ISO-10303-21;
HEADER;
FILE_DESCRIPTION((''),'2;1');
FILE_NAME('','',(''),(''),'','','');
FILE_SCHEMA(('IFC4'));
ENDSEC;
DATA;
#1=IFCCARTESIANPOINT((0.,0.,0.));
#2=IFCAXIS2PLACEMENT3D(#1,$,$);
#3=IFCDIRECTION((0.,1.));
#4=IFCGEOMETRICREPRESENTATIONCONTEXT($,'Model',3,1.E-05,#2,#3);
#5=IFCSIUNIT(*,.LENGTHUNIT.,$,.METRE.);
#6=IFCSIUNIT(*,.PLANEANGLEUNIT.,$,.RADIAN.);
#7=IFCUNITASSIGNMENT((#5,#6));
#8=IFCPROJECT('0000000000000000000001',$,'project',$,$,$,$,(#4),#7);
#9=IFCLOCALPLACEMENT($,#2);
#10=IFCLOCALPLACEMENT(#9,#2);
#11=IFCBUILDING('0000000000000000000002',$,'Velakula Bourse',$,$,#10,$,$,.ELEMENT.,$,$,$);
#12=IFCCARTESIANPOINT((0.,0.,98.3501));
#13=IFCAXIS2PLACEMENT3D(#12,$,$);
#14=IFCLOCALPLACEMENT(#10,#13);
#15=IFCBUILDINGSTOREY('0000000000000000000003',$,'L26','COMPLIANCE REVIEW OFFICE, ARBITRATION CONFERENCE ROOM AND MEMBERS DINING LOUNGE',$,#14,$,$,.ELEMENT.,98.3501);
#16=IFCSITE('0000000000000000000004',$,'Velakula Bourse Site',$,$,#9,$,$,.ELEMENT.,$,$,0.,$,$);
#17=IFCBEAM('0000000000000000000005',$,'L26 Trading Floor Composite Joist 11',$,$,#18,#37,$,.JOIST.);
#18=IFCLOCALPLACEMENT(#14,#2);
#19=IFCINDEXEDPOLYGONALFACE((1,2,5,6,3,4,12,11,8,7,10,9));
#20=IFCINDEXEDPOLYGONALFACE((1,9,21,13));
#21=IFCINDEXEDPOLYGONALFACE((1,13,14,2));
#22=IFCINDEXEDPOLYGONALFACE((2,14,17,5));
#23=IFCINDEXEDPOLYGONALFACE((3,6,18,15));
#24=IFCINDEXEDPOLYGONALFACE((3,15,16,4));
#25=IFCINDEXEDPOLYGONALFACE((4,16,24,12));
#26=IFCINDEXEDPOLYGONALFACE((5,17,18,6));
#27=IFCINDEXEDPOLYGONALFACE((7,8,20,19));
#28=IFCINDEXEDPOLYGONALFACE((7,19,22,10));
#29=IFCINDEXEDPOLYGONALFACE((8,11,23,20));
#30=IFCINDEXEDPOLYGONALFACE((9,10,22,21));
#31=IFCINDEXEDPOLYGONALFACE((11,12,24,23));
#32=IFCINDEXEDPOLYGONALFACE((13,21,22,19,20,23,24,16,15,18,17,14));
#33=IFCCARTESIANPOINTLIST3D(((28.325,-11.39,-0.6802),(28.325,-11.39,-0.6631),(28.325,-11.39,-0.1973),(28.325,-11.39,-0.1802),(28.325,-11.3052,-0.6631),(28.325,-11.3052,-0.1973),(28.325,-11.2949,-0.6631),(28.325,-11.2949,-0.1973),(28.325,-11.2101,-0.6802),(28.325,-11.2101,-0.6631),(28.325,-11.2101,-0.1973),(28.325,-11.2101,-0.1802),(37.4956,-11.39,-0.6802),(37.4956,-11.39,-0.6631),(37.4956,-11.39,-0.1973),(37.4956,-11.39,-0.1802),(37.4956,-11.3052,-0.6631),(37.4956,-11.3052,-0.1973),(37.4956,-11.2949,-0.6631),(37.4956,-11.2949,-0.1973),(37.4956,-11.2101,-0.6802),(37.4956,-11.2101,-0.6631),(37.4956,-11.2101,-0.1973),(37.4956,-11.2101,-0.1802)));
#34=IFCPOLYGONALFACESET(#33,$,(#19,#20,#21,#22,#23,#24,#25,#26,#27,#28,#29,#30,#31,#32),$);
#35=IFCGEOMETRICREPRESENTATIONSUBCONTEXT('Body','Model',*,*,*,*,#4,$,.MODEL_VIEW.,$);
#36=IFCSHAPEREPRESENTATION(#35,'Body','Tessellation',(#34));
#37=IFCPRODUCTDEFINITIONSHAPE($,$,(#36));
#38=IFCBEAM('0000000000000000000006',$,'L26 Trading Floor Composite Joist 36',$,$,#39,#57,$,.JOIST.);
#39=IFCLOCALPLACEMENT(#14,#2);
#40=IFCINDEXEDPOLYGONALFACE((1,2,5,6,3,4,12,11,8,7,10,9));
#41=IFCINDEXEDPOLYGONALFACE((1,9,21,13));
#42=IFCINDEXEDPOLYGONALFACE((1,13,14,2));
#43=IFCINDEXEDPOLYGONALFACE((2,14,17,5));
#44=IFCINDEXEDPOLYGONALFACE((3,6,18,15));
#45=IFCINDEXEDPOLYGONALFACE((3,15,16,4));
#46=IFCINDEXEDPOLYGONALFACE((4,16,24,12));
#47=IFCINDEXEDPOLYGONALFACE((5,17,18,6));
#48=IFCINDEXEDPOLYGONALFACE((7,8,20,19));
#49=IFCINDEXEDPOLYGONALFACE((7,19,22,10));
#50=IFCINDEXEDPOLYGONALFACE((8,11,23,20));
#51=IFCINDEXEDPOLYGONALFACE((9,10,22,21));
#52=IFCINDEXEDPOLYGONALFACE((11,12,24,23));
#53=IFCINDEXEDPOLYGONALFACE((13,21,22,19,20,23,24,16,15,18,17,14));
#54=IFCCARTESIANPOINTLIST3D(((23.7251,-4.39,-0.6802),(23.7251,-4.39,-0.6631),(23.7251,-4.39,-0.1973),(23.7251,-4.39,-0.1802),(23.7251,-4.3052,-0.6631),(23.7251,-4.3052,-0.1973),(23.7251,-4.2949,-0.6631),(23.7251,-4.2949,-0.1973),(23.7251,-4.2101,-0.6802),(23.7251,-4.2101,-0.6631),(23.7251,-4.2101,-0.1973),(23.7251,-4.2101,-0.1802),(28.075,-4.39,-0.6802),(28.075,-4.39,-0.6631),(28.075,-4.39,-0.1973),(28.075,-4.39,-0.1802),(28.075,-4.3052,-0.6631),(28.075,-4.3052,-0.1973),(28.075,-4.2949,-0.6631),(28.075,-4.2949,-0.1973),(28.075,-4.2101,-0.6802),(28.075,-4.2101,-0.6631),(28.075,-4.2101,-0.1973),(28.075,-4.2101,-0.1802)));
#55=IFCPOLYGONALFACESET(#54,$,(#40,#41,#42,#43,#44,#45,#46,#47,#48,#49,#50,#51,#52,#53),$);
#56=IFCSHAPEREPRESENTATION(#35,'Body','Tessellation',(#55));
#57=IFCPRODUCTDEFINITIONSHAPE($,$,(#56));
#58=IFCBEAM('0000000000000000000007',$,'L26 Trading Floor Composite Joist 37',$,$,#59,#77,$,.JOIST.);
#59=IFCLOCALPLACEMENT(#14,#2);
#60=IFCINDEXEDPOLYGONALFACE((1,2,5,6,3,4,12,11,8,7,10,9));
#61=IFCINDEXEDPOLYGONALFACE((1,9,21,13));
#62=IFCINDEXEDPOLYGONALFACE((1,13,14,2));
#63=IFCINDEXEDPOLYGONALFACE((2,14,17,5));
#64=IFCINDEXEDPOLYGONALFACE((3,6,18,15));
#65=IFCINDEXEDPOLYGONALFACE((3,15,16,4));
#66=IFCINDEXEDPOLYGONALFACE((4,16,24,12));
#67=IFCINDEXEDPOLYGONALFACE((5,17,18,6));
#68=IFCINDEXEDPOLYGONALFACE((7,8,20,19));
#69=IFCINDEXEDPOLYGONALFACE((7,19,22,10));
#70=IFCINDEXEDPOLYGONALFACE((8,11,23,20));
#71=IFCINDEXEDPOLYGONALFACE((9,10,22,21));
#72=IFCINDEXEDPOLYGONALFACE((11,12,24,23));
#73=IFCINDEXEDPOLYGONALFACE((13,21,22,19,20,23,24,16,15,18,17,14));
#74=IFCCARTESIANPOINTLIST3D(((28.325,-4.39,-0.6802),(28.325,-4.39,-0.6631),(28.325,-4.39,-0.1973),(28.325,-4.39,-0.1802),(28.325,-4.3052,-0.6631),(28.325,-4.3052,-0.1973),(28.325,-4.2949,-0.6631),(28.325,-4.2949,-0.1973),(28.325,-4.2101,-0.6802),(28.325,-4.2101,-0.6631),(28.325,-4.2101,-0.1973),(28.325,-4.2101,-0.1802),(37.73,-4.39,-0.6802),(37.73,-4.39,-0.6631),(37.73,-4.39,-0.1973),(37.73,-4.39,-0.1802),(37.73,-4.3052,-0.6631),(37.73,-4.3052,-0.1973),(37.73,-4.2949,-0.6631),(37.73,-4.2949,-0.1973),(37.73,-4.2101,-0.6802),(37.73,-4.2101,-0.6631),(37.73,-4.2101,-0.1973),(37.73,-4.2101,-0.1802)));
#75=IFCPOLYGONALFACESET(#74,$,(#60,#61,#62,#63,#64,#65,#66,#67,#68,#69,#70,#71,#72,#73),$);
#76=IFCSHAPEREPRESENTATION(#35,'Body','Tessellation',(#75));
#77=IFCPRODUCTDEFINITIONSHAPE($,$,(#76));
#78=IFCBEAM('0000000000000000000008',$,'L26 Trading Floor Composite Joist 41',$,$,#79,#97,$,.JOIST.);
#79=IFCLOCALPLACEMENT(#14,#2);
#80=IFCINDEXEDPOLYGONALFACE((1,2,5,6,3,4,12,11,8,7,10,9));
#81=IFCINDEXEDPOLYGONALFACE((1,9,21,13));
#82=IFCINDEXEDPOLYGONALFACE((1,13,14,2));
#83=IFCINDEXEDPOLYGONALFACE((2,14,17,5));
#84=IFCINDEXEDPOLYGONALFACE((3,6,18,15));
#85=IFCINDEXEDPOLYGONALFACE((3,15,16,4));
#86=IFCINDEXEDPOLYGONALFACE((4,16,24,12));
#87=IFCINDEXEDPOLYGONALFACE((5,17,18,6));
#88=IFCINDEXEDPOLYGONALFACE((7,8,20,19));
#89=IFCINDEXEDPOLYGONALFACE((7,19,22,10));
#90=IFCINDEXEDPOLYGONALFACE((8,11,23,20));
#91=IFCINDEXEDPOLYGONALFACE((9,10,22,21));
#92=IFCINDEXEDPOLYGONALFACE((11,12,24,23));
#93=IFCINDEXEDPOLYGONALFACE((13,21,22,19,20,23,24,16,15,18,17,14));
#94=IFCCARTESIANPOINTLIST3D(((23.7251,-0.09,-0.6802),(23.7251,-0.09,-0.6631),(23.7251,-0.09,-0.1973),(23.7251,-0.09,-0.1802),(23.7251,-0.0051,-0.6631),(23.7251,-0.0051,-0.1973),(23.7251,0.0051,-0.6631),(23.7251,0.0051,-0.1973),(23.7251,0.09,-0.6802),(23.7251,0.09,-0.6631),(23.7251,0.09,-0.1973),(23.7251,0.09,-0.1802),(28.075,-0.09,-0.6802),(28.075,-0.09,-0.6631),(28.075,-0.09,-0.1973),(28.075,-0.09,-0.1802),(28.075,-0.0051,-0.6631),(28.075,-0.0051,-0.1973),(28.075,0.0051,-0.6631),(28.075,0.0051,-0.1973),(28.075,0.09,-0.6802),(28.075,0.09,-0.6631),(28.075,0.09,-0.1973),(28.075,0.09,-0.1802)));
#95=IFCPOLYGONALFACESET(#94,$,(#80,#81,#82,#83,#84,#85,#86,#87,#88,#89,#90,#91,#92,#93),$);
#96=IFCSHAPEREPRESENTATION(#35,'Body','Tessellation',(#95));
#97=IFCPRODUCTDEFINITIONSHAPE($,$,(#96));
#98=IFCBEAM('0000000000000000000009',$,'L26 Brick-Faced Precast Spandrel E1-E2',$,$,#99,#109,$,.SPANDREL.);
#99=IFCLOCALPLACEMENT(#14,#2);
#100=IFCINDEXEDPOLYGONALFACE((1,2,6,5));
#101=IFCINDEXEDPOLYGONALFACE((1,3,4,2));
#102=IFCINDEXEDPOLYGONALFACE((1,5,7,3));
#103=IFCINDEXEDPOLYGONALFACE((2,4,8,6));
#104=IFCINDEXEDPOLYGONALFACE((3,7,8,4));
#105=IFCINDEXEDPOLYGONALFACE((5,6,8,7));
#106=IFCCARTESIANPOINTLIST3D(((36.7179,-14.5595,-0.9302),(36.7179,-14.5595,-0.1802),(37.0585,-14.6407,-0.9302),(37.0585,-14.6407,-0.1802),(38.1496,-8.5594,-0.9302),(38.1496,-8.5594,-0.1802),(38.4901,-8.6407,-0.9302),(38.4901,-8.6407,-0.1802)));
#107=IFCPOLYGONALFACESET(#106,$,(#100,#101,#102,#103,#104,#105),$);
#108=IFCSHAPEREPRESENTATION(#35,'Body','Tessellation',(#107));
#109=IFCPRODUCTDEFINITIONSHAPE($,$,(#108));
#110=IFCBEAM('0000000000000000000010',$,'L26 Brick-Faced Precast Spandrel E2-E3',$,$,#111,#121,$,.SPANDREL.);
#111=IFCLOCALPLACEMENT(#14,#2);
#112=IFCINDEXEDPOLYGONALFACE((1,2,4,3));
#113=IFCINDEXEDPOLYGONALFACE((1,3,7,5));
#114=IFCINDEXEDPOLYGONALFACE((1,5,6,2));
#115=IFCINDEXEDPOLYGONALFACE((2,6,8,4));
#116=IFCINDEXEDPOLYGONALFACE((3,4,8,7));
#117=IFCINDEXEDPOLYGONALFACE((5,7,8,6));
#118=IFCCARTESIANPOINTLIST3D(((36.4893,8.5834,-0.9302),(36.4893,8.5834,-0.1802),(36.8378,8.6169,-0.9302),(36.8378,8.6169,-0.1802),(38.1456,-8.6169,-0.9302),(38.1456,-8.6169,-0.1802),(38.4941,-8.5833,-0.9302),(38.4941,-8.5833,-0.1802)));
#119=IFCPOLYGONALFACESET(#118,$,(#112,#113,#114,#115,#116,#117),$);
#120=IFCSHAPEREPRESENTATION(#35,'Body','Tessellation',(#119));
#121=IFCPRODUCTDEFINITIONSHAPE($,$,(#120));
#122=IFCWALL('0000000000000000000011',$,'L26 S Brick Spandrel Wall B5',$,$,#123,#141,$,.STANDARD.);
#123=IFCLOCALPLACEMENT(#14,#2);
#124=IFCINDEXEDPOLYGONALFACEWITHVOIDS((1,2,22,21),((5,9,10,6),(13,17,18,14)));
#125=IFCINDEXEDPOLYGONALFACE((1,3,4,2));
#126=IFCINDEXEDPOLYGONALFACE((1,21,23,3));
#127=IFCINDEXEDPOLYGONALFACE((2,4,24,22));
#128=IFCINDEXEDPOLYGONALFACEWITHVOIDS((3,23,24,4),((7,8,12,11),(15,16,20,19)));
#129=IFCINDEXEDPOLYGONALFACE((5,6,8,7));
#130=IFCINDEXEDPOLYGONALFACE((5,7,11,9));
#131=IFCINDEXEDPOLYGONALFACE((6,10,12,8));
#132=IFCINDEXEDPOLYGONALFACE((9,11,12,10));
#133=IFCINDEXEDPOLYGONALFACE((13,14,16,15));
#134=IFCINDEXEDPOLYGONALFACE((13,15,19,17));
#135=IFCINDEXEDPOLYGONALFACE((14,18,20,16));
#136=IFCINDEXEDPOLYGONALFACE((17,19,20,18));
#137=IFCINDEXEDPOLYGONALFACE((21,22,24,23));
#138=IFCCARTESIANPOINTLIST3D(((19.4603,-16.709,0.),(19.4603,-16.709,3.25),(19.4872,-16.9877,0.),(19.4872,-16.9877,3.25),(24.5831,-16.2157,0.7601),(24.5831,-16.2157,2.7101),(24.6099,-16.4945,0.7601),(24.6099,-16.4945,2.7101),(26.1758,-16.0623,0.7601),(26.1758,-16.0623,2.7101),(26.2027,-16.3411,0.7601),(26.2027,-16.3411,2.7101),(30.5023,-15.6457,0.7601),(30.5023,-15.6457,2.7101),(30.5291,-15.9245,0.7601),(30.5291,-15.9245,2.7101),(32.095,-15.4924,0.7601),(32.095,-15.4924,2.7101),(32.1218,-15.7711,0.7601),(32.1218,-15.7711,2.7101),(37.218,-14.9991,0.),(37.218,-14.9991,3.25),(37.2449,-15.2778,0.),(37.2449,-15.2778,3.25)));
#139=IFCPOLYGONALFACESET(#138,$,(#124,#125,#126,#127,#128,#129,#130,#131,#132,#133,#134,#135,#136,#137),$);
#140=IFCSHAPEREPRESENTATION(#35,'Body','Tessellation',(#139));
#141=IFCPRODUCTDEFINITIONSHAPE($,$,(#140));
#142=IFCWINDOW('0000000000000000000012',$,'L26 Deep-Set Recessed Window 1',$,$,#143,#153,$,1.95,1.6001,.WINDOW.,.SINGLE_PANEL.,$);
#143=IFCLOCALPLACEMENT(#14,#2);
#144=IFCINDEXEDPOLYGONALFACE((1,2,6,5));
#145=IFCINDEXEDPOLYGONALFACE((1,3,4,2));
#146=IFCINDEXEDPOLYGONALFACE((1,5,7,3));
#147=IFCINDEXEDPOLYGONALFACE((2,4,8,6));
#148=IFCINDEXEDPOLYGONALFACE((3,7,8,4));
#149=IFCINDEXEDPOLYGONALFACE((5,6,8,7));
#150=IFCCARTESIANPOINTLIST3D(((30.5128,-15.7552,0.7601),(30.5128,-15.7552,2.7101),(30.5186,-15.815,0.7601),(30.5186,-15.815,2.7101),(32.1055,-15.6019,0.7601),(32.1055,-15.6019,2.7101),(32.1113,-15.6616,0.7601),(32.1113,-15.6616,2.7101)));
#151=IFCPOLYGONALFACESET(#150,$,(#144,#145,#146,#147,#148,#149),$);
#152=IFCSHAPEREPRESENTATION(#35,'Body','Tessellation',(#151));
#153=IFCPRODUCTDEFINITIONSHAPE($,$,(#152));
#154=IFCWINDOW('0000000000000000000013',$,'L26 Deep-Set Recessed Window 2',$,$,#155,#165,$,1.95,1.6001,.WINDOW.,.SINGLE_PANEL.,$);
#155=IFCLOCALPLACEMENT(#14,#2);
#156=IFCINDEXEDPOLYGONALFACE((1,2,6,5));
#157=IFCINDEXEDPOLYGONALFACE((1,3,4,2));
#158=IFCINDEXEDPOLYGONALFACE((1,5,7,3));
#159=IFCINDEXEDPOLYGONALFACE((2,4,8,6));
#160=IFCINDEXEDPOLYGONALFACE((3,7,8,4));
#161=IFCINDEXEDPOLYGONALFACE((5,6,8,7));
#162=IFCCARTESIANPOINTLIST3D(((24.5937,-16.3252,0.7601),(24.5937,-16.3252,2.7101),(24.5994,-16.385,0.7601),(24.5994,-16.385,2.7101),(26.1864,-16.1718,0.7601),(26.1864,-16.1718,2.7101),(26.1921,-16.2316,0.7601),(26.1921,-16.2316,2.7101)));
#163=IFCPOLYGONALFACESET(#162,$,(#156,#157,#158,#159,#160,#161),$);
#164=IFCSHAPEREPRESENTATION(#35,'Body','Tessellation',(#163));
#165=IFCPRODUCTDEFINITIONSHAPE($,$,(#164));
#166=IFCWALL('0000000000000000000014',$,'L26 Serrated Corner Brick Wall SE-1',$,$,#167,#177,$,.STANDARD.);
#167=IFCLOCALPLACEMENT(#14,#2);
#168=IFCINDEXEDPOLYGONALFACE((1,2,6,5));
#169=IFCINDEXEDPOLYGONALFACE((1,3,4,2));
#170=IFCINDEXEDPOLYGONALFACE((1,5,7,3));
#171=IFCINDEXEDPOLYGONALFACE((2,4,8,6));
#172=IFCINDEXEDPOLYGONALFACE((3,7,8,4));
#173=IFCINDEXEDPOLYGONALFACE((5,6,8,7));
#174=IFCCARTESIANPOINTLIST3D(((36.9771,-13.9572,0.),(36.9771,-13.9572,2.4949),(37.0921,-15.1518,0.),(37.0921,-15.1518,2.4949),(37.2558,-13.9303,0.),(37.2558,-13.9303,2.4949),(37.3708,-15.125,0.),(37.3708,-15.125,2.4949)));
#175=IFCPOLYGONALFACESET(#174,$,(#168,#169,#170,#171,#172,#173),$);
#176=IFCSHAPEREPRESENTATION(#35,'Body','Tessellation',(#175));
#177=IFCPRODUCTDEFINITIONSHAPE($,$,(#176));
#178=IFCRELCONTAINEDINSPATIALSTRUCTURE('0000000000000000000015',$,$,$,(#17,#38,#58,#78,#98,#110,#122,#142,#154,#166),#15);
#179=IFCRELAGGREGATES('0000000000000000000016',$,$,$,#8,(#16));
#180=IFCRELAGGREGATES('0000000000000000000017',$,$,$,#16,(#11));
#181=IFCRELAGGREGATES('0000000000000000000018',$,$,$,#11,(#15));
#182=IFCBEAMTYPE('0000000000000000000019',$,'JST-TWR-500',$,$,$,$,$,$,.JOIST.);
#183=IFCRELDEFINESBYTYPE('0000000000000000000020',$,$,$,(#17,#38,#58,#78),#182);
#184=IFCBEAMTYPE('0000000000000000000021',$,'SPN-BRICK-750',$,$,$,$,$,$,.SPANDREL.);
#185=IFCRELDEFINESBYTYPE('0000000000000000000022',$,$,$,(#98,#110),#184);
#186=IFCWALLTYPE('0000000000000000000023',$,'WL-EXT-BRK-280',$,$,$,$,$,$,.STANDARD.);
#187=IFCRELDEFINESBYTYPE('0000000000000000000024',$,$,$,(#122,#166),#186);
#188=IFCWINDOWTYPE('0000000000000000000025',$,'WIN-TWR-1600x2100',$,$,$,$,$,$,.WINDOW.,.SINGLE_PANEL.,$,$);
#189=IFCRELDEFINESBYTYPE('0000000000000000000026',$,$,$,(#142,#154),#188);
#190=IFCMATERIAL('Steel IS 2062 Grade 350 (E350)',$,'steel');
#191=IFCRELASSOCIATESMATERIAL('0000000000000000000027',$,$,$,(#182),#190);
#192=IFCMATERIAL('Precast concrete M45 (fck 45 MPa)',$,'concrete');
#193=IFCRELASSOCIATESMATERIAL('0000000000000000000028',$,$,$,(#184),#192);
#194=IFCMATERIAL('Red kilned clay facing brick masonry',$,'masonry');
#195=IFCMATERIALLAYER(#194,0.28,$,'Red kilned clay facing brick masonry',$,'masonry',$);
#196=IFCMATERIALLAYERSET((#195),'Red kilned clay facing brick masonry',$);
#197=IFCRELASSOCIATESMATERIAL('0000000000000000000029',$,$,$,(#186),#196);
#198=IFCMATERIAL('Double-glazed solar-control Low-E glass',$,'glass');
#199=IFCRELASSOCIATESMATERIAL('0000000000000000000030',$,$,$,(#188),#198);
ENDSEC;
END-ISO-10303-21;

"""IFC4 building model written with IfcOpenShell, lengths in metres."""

from ifc_helpers import new_model, si_unit, direction, frame, frame_2d, origin, origin_2d, place, context, subcontext, project, spatial, rectangle, i_section, extrude, material, layer, layer_set, material_profile, profile_set, type_object, element, fill, save


model = new_model("IFC4")

# Units and contexts
model_context = context("Model", 3, precision=1e-05, world=origin(), true_north=direction((0.0, 1.0)))
body_context = subcontext(model_context, "Body", "Model", "MODEL_VIEW")
ifc_project = project(units=[si_unit("LENGTHUNIT", "METRE"), si_unit("PLANEANGLEUNIT", "RADIAN")], contexts=[model_context])

# Site, building, storey
site_placement = place(None, origin())
site = spatial("IfcSite", under=ifc_project, at=site_placement, Name="Velakula Bourse Site", CompositionType="ELEMENT", RefElevation=0.0)
building_placement = place(site_placement, origin())
building = spatial("IfcBuilding", under=site, at=building_placement, Name="Velakula Bourse", CompositionType="ELEMENT")
storey_placement = place(building_placement, frame((0.0, 0.0, 98.3501)))
storey = spatial("IfcBuildingStorey", under=building, at=storey_placement, Name="L26", Description="COMPLIANCE REVIEW OFFICE, ARBITRATION CONFERENCE ROOM AND MEMBERS DINING LOUNGE", CompositionType="ELEMENT", Elevation=98.3501)

# Beams
ifc_material_1 = material(Name="Steel IS 2062 Grade 350 (E350)", Category="steel")
ifc_material_profile_1 = material_profile(ifc_material_1, i_section(OverallWidth=0.1799, OverallDepth=0.5, WebThickness=0.0103, FlangeThickness=0.0171, at=origin_2d()), Name="Steel IS 2062 Grade 350 (E350)")
ifc_profile_set_1 = profile_set([ifc_material_profile_1], Name="Steel IS 2062 Grade 350 (E350)")
beam_type_1 = type_object("IfcBeamType", Name="JST-TWR-500", PredefinedType="JOIST", material=ifc_profile_set_1)
beam_1_placement = place(storey_placement, frame((28.325, -11.3, -0.4302), z_axis=(1.0, 0.0, 0.0), x_axis=(0.0, 1.0, 0.0)))
element("IfcBeam", 1, at=beam_1_placement, inside=storey, type_object=beam_type_1, Name="L26 Trading Floor Composite Joist 11", PredefinedType="JOIST", context=body_context, shape_type="SweptSolid", body=[
    extrude(i_section(OverallWidth=0.1799, OverallDepth=0.5, WebThickness=0.0103, FlangeThickness=0.0171, at=origin_2d()), origin(), (0.0, 0.0, 1.0), 9.1707),
])
beam_2_placement = place(storey_placement, frame((23.7251, -4.3, -0.4302), z_axis=(1.0, 0.0, 0.0), x_axis=(0.0, 1.0, 0.0)))
element("IfcBeam", 2, at=beam_2_placement, inside=storey, type_object=beam_type_1, Name="L26 Trading Floor Composite Joist 36", PredefinedType="JOIST", context=body_context, shape_type="SweptSolid", body=[
    extrude(i_section(OverallWidth=0.1799, OverallDepth=0.5, WebThickness=0.0103, FlangeThickness=0.0171, at=origin_2d()), origin(), (0.0, 0.0, 1.0), 4.3499),
])
beam_3_placement = place(storey_placement, frame((28.325, -4.3, -0.4302), z_axis=(1.0, 0.0, 0.0), x_axis=(0.0, 1.0, 0.0)))
element("IfcBeam", 3, at=beam_3_placement, inside=storey, type_object=beam_type_1, Name="L26 Trading Floor Composite Joist 37", PredefinedType="JOIST", context=body_context, shape_type="SweptSolid", body=[
    extrude(i_section(OverallWidth=0.1799, OverallDepth=0.5, WebThickness=0.0103, FlangeThickness=0.0171, at=origin_2d()), origin(), (0.0, 0.0, 1.0), 9.405),
])
beam_4_placement = place(storey_placement, frame((23.7251, 0.0, -0.4302), z_axis=(1.0, 0.0, 0.0), x_axis=(0.0, 1.0, 0.0)))
element("IfcBeam", 4, at=beam_4_placement, inside=storey, type_object=beam_type_1, Name="L26 Trading Floor Composite Joist 41", PredefinedType="JOIST", context=body_context, shape_type="SweptSolid", body=[
    extrude(i_section(OverallWidth=0.1799, OverallDepth=0.5, WebThickness=0.0103, FlangeThickness=0.0171, at=origin_2d()), origin(), (0.0, 0.0, 1.0), 4.3499),
])
ifc_material_2 = material(Name="Precast concrete M45 (fck 45 MPa)", Category="concrete")
ifc_material_profile_2 = material_profile(ifc_material_2, rectangle(XDim=0.3501, YDim=0.75, at=origin_2d()), Name="Precast concrete M45 (fck 45 MPa)")
ifc_profile_set_2 = profile_set([ifc_material_profile_2], Name="Precast concrete M45 (fck 45 MPa)")
beam_type_2 = type_object("IfcBeamType", Name="SPN-BRICK-750", PredefinedType="SPANDREL", material=ifc_profile_set_2)
beam_5_placement = place(storey_placement, frame((36.8882, -14.6001, -0.5552), z_axis=(0.232091, 0.972694, 0.0), x_axis=(-0.972694, 0.232091, 0.0)))
element("IfcBeam", 5, at=beam_5_placement, inside=storey, type_object=beam_type_2, Name="L26 Brick-Faced Precast Spandrel E1-E2", PredefinedType="SPANDREL", context=body_context, shape_type="SweptSolid", body=[
    extrude(rectangle(XDim=0.3501, YDim=0.75, at=origin_2d()), origin(), (0.0, 0.0, 1.0), 6.1685),
])
beam_6_placement = place(storey_placement, frame((38.3198, -8.6001, -0.5552), z_axis=(-0.095849, 0.995396, 0.0), x_axis=(-0.995396, -0.095849, 0.0)))
element("IfcBeam", 6, at=beam_6_placement, inside=storey, type_object=beam_type_2, Name="L26 Brick-Faced Precast Spandrel E2-E3", PredefinedType="SPANDREL", context=body_context, shape_type="SweptSolid", body=[
    extrude(rectangle(XDim=0.3501, YDim=0.75, at=origin_2d()), origin(), (0.0, 0.0, 1.0), 17.2798),
])

# Wall, openings, windows
ifc_material_3 = material(Name="Red kilned clay facing brick masonry", Category="masonry")
ifc_layer_1 = layer(ifc_material_3, 0.28, Name="Red kilned clay facing brick masonry", Category="masonry")
ifc_layer_set_1 = layer_set([ifc_layer_1], Name="Red kilned clay facing brick masonry")
wall_type_1 = type_object("IfcWallType", Name="WL-EXT-BRK-280", PredefinedType="STANDARD", material=ifc_layer_set_1)
wall_1_placement = place(storey_placement, frame((37.2314, -15.1384, 0.0), z_axis=(0.0, 0.0, 1.0), x_axis=(-0.995396, -0.09585, 0.0)))
wall_1 = element("IfcWall", 7, at=wall_1_placement, inside=storey, type_object=wall_type_1, Name="L26 S Brick Spandrel Wall B5", PredefinedType="STANDARD", context=body_context, shape_type="SweptSolid", body=[
    extrude(rectangle(XDim=17.8398, YDim=0.28, at=frame_2d((8.9199, 0.0))), origin(), (0.0, 0.0, 1.0), 3.25),
])
opening_1_placement = place(wall_1_placement, frame((5.1467, 0.0, 0.76)))
opening_1 = element("IfcOpeningElement", 8, at=opening_1_placement, cuts=wall_1, PredefinedType="OPENING", context=body_context, shape_type="SweptSolid", body=[
    extrude(rectangle(XDim=1.6001, YDim=1.95, at=frame_2d((0.8, 0.9751))), frame((0.0, 0.1499, 0.0), z_axis=(0.0, -1.0, 0.0), x_axis=(1.0, 0.0, 0.0)), (0.0, 0.0, 1.0), 0.3),
])
opening_2_placement = place(wall_1_placement, frame((11.0933, 0.0, 0.76)))
opening_2 = element("IfcOpeningElement", 9, at=opening_2_placement, cuts=wall_1, PredefinedType="OPENING", context=body_context, shape_type="SweptSolid", body=[
    extrude(rectangle(XDim=1.6001, YDim=1.95, at=frame_2d((0.8, 0.9751))), frame((0.0, 0.1499, 0.0), z_axis=(0.0, -1.0, 0.0), x_axis=(1.0, 0.0, 0.0)), (0.0, 0.0, 1.0), 0.3),
])
ifc_material_4 = material(Name="Double-glazed solar-control Low-E glass", Category="glass")
window_type = type_object("IfcWindowType", Name="WIN-TWR-1600x2100", PartitioningType="SINGLE_PANEL", PredefinedType="WINDOW", material=ifc_material_4)
window_1_placement = place(opening_1_placement, origin())
window_1 = element("IfcWindow", 10, at=window_1_placement, inside=storey, type_object=window_type, Name="L26 Deep-Set Recessed Window 1", OverallHeight=1.95, OverallWidth=1.6001, PartitioningType="SINGLE_PANEL", PredefinedType="WINDOW", context=body_context, shape_type="SweptSolid", body=[
    extrude(rectangle(XDim=1.6001, YDim=1.95, at=frame_2d((0.8, 0.9751))), frame((0.0, 0.03, 0.0), z_axis=(0.0, -1.0, 0.0), x_axis=(1.0, 0.0, 0.0)), (0.0, 0.0, 1.0), 0.0601),
])
fill(opening_1, window_1)
window_2_placement = place(opening_2_placement, origin())
window_2 = element("IfcWindow", 11, at=window_2_placement, inside=storey, type_object=window_type, Name="L26 Deep-Set Recessed Window 2", OverallHeight=1.95, OverallWidth=1.6001, PartitioningType="SINGLE_PANEL", PredefinedType="WINDOW", context=body_context, shape_type="SweptSolid", body=[
    extrude(rectangle(XDim=1.6001, YDim=1.95, at=frame_2d((0.8, 0.9751))), frame((0.0, 0.03, 0.0), z_axis=(0.0, -1.0, 0.0), x_axis=(1.0, 0.0, 0.0)), (0.0, 0.0, 1.0), 0.0601),
])
fill(opening_2, window_2)

# Wall
for number, where, z_axis, x_axis, name in (
    (12, (37.2314, -15.1384, 0.0), (0.0, 0.0, 1.0), (-0.095817, 0.995399, 0.0), "L26 Serrated Corner Brick Wall SE-1"),
):
    element("IfcWall", number, at=place(storey_placement, frame(where, z_axis=z_axis, x_axis=x_axis)), inside=storey, type_object=wall_type_1, Name=name, PredefinedType="STANDARD", context=body_context, shape_type="SweptSolid", body=[
        extrude(rectangle(XDim=1.2002, YDim=0.28, at=frame_2d((0.6001, 0.0))), origin(), (0.0, 0.0, 1.0), 2.4949),
    ])

save(model, "model.ifc")
